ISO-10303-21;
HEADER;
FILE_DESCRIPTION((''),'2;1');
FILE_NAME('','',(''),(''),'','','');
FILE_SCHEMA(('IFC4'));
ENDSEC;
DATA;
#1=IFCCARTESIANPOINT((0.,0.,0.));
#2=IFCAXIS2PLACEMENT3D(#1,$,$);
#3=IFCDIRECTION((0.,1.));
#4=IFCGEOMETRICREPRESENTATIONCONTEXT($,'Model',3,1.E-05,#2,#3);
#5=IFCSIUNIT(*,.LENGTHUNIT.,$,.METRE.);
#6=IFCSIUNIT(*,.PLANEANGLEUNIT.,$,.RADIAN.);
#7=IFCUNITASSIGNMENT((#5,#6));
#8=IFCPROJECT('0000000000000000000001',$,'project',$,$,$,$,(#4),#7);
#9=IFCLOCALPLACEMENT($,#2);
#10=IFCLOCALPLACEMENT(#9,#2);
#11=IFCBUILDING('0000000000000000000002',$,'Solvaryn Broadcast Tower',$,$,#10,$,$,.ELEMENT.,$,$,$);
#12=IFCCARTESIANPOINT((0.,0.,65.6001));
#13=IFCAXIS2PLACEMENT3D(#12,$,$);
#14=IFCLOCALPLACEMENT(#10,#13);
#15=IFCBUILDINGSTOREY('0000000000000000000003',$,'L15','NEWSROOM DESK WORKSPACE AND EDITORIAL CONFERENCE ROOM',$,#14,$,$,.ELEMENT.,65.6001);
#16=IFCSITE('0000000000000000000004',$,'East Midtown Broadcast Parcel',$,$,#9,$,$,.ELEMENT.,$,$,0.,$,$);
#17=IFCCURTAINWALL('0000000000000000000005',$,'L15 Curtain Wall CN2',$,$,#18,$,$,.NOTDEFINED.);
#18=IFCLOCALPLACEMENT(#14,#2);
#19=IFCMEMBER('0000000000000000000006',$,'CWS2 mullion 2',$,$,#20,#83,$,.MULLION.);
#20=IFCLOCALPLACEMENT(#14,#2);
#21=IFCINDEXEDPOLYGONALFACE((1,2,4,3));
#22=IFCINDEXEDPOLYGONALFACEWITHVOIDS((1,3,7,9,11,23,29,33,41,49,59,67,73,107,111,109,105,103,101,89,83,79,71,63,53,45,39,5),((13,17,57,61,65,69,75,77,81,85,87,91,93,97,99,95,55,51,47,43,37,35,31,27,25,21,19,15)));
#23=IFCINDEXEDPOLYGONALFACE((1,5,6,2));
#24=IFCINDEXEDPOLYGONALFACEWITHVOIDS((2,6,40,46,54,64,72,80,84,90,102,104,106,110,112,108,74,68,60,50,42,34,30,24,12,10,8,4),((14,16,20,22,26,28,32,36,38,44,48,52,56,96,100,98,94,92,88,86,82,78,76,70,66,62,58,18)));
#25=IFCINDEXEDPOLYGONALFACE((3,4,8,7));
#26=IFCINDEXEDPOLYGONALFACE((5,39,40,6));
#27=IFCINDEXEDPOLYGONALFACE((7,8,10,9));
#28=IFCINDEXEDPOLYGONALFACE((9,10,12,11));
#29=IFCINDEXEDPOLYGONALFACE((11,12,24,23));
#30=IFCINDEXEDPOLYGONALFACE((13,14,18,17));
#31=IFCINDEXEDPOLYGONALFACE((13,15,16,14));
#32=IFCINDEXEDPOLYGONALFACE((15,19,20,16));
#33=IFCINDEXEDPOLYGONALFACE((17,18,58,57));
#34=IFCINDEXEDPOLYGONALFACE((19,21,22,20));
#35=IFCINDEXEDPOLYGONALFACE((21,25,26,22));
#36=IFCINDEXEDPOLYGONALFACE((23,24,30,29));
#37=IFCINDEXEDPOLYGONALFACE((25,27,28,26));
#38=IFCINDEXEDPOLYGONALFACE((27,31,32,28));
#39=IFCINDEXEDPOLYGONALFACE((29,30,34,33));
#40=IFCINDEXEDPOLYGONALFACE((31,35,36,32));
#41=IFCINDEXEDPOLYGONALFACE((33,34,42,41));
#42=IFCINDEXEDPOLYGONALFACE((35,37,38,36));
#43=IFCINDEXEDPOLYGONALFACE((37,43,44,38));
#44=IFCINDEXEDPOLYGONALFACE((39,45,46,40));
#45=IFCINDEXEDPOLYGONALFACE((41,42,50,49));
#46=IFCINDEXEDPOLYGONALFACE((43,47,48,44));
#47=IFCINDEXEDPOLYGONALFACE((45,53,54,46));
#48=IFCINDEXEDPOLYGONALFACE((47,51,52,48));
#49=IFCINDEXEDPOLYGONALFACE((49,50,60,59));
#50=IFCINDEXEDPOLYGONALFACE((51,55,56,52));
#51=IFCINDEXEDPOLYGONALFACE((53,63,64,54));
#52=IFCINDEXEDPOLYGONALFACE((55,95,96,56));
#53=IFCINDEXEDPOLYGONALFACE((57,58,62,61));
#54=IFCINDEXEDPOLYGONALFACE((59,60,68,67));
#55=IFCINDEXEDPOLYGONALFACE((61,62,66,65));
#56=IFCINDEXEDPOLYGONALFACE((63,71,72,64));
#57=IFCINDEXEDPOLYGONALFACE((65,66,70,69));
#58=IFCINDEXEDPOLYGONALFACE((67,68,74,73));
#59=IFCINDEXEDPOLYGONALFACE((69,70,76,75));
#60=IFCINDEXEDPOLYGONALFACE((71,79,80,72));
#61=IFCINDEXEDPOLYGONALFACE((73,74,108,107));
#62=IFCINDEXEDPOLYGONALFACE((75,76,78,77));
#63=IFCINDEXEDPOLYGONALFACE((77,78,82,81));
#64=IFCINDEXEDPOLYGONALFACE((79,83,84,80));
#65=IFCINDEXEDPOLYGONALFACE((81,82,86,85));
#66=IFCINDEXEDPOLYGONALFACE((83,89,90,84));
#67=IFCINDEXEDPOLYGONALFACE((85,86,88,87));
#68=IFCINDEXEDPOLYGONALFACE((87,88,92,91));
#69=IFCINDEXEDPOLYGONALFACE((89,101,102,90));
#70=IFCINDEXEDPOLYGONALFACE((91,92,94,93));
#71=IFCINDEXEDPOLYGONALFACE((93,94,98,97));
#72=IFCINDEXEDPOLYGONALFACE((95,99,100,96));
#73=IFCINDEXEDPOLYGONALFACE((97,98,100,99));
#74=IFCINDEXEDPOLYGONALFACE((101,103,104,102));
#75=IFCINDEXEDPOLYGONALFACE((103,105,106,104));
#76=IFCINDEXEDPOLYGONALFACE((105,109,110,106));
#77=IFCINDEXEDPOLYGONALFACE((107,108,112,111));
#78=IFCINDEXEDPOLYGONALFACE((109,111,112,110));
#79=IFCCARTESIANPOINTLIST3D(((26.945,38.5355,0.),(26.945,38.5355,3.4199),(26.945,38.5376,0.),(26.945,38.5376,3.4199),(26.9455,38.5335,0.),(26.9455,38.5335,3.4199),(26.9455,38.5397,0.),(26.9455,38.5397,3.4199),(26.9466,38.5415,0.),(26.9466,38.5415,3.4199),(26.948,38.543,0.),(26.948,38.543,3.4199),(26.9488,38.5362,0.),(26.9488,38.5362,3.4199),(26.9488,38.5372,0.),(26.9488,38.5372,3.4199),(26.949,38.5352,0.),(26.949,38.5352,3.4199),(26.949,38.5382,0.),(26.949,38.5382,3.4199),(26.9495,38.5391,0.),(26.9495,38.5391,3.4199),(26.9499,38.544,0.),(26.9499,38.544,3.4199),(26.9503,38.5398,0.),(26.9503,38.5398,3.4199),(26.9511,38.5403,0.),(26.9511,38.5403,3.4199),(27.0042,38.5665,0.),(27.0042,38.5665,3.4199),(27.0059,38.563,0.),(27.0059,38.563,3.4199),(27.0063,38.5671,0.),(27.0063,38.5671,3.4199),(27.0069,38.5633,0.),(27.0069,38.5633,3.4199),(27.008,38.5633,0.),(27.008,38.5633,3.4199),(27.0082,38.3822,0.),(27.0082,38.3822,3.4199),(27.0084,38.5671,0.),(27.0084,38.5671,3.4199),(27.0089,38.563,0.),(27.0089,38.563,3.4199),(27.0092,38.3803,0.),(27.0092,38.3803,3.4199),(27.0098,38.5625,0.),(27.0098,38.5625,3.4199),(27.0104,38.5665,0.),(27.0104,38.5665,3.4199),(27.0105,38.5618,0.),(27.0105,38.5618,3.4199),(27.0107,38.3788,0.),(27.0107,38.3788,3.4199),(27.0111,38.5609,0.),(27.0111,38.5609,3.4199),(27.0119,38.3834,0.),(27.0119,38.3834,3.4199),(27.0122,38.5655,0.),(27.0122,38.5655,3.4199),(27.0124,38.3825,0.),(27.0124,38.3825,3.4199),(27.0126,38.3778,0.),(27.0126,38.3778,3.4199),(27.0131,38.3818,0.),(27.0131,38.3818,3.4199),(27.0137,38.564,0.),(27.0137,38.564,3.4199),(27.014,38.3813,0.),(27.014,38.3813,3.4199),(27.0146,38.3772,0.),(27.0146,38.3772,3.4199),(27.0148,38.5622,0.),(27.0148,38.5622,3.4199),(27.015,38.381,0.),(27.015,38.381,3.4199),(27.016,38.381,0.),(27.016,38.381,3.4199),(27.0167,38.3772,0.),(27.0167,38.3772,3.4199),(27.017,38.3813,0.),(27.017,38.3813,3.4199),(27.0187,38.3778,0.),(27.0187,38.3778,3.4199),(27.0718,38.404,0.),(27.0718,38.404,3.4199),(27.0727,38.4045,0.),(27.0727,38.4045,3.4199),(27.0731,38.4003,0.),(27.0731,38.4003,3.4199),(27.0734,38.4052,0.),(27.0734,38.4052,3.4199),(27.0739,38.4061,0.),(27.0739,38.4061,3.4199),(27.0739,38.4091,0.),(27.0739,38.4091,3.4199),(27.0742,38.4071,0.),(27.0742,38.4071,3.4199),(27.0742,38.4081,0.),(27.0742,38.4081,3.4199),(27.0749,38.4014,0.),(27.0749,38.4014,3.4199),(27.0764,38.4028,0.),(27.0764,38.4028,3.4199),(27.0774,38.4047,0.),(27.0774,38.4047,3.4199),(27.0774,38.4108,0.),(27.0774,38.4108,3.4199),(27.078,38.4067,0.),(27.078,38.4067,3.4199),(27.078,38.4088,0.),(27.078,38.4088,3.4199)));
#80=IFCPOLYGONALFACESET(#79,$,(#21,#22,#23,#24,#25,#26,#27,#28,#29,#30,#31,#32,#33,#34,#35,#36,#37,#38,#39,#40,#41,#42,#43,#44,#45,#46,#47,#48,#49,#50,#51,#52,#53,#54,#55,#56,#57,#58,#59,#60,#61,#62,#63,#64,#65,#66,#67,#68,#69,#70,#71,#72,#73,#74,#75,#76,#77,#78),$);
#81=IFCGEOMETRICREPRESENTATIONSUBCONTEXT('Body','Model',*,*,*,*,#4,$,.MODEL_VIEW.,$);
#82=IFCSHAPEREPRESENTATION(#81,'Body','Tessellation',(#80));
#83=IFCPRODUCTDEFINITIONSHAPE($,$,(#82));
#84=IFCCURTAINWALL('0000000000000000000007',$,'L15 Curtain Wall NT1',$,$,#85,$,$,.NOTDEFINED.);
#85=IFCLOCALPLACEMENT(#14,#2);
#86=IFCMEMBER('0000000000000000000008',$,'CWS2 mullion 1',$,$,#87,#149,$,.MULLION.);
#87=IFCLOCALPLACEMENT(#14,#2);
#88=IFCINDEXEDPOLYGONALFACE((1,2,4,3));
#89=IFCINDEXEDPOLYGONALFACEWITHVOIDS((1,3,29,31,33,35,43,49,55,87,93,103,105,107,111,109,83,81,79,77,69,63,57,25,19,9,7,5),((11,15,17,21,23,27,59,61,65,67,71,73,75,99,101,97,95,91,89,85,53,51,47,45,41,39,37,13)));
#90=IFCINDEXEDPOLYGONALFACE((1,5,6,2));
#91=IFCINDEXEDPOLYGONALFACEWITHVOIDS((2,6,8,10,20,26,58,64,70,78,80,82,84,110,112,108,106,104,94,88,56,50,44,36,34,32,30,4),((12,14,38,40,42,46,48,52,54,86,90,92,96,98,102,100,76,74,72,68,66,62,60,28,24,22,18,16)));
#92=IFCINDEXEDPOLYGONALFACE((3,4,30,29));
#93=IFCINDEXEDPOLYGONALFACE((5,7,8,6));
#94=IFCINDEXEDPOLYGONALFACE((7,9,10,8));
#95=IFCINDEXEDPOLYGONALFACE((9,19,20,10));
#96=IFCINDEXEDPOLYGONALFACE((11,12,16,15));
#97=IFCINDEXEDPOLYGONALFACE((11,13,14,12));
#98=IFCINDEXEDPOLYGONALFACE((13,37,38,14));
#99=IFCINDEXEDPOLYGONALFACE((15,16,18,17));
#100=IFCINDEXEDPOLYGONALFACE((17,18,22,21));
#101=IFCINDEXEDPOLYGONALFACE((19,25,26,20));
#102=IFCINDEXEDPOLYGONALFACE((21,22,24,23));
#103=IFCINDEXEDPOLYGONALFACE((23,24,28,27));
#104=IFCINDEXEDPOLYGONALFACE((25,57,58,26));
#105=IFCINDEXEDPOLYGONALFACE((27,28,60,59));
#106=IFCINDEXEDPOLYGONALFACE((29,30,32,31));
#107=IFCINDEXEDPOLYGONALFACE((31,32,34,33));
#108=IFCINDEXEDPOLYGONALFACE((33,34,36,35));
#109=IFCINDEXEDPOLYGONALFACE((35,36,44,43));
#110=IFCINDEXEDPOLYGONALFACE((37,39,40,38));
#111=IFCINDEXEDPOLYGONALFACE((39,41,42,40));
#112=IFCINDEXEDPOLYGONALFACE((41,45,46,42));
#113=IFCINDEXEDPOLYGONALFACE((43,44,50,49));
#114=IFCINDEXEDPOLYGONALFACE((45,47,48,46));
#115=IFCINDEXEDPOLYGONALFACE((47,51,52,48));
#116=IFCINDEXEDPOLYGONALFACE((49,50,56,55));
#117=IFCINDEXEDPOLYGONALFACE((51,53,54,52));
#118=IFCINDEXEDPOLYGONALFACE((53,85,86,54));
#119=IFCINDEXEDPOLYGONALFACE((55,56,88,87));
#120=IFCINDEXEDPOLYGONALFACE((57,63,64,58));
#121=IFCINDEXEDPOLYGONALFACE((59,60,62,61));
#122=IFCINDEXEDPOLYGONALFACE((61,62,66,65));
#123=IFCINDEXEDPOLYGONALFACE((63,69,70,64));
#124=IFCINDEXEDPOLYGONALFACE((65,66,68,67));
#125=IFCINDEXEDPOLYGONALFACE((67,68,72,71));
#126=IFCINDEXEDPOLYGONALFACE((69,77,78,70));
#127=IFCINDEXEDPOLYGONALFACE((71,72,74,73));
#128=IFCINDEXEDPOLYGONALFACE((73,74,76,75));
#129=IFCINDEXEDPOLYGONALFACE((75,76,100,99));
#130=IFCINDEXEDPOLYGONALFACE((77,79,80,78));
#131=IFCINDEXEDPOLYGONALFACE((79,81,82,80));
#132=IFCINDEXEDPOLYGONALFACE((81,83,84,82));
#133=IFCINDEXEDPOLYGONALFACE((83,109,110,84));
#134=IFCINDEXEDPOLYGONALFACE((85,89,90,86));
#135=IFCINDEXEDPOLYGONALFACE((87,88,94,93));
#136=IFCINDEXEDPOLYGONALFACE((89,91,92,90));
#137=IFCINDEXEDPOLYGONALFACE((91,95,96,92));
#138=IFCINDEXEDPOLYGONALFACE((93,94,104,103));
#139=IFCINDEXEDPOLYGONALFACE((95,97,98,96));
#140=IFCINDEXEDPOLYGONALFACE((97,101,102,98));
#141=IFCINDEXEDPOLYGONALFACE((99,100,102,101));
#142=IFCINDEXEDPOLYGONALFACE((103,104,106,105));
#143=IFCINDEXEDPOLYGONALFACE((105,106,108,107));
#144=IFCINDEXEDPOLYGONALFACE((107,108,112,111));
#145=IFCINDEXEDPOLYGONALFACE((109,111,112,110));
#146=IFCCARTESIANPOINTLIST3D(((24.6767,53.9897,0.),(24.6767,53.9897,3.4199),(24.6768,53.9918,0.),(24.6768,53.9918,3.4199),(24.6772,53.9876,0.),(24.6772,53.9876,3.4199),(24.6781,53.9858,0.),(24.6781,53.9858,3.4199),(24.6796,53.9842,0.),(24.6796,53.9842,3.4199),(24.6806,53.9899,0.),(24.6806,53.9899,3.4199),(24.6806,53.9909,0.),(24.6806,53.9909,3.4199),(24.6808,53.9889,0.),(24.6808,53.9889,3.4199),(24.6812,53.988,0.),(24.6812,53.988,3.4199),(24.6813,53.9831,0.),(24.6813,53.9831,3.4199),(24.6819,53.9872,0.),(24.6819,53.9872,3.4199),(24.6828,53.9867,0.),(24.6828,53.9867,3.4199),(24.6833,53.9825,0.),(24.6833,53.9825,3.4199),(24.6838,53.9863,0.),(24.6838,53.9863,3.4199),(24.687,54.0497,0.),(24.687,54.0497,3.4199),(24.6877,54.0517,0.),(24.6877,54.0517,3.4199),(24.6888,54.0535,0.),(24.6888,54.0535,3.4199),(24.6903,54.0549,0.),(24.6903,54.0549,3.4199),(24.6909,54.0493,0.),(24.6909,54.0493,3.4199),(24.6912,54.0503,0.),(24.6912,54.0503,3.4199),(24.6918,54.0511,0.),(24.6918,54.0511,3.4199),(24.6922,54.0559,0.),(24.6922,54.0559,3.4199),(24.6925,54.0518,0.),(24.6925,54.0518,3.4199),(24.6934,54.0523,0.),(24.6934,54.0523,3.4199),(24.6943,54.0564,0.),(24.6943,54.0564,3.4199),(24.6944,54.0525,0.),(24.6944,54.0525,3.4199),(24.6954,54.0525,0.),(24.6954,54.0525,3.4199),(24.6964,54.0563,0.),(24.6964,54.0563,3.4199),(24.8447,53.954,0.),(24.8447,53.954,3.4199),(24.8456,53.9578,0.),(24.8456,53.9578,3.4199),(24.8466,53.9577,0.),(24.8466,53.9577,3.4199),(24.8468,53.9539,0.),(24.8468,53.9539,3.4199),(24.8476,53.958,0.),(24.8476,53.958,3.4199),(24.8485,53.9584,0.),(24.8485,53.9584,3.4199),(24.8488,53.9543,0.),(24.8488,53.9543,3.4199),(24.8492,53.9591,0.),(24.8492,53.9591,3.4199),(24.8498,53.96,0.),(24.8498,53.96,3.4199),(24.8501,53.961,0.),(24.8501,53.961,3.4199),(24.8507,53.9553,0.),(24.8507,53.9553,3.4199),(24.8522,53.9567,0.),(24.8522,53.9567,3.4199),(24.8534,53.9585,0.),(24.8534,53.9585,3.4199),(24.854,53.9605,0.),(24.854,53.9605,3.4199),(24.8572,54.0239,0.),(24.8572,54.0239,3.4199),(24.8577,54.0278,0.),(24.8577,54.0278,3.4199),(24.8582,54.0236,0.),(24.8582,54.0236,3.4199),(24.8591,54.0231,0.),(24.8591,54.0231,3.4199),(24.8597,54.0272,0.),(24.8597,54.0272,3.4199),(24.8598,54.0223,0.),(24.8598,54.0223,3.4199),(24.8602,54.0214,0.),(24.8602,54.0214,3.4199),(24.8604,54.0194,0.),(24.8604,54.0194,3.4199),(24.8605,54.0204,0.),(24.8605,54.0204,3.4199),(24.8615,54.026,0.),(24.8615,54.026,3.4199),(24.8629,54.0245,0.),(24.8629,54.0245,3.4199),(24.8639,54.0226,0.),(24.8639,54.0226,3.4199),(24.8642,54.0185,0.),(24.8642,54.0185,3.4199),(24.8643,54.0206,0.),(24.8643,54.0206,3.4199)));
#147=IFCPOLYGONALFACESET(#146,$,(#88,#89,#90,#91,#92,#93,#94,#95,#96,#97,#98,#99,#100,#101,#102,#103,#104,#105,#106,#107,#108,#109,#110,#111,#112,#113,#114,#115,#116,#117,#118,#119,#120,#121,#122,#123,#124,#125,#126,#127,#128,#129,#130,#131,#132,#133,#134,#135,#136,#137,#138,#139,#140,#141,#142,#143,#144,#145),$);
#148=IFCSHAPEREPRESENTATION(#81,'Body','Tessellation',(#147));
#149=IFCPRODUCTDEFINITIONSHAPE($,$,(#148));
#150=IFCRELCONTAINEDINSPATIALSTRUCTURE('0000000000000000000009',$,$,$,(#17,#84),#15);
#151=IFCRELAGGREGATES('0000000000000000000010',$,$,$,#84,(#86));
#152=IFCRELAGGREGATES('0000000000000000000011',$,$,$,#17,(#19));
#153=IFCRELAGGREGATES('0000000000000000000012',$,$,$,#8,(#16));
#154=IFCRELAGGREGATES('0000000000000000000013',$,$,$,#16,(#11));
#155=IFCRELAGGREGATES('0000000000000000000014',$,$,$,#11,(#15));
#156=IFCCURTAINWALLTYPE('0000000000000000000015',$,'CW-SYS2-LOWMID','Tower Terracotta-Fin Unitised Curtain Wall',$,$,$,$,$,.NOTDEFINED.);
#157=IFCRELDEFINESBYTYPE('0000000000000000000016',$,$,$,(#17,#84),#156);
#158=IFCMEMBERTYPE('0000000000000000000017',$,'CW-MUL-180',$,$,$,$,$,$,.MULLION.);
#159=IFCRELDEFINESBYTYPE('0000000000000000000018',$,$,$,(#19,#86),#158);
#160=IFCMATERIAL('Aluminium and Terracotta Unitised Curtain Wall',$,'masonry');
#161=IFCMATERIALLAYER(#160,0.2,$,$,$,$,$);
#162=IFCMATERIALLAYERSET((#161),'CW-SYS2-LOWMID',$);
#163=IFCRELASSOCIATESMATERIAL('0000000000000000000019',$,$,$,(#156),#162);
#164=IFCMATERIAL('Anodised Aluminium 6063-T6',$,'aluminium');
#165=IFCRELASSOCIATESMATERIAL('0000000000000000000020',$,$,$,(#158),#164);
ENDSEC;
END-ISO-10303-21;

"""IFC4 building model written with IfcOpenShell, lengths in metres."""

from ifc_helpers import new_model, si_unit, direction, frame, origin, origin_2d, place, context, subcontext, project, spatial, hollow_rectangle, extrude, material, layer, layer_set, material_profile, profile_set, type_object, element, aggregate, save


model = new_model("IFC4")

# Units and contexts
model_context = context("Model", 3, precision=1e-05, world=origin(), true_north=direction((0.0, 1.0)))
body_context = subcontext(model_context, "Body", "Model", "MODEL_VIEW")
ifc_project = project(units=[si_unit("LENGTHUNIT", "METRE"), si_unit("PLANEANGLEUNIT", "RADIAN")], contexts=[model_context])

# Site, building, storey
site_placement = place(None, origin())
site = spatial("IfcSite", under=ifc_project, at=site_placement, Name="East Midtown Broadcast Parcel", CompositionType="ELEMENT", RefElevation=0.0)
building_placement = place(site_placement, origin())
building = spatial("IfcBuilding", under=site, at=building_placement, Name="Solvaryn Broadcast Tower", CompositionType="ELEMENT")
storey_placement = place(building_placement, frame((0.0, 0.0, 65.6001)))
storey = spatial("IfcBuildingStorey", under=building, at=storey_placement, Name="L15", Description="NEWSROOM DESK WORKSPACE AND EDITORIAL CONFERENCE ROOM", CompositionType="ELEMENT", Elevation=65.6001)

# Shared definitions
ifc_material_1 = material(Name="Aluminium and Terracotta Unitised Curtain Wall", Category="masonry")
ifc_layer_1 = layer(ifc_material_1, 0.2)
ifc_layer_set_1 = layer_set([ifc_layer_1], Name="CW-SYS2-LOWMID")
curtain_wall_type = type_object("IfcCurtainWallType", Name="CW-SYS2-LOWMID", Description="Tower Terracotta-Fin Unitised Curtain Wall", PredefinedType="NOTDEFINED", material=ifc_layer_set_1)
ifc_material_2 = material(Name="Anodised Aluminium 6063-T6", Category="aluminium")
ifc_material_profile_1 = material_profile(ifc_material_2, hollow_rectangle(XDim=0.075, YDim=0.1799, WallThickness=0.0039, InnerFilletRadius=0.0039, OuterFilletRadius=0.0081, at=origin_2d()))
ifc_profile_set_1 = profile_set([ifc_material_profile_1], Name="Anodised Aluminium 6063-T6")
member_type_1 = type_object("IfcMemberType", Name="CW-MUL-180", PredefinedType="MULLION", material=ifc_profile_set_1)

# Curtain walls, members
curtain_wall_1_placement = place(storey_placement, origin())
curtain_wall_1 = element("IfcCurtainWall", 1, at=curtain_wall_1_placement, inside=storey, type_object=curtain_wall_type, Name="L15 Curtain Wall CN2", PredefinedType="NOTDEFINED")
member_1_placement = place(storey_placement, frame((27.0115, 38.4722, 0.0), z_axis=(0.0, 0.0, 1.0), x_axis=(-0.923895, -0.382646, 0.0)))
member_1 = element("IfcMember", 2, at=member_1_placement, type_object=member_type_1, Name="CWS2 mullion 2", PredefinedType="MULLION", context=body_context, shape_type="SweptSolid", body=[
    extrude(hollow_rectangle(XDim=0.075, YDim=0.1799, WallThickness=0.0039, InnerFilletRadius=0.0039, OuterFilletRadius=0.0081, at=origin_2d()), origin(), (0.0, 0.0, 1.0), 3.4199),
])
curtain_wall_2_placement = place(storey_placement, origin())
curtain_wall_2 = element("IfcCurtainWall", 3, at=curtain_wall_2_placement, inside=storey, type_object=curtain_wall_type, Name="L15 Curtain Wall NT1", PredefinedType="NOTDEFINED")
member_2_placement = place(storey_placement, frame((24.7705, 54.0051, 0.0), z_axis=(0.0, 0.0, 1.0), x_axis=(-0.173785, -0.984784, 0.0)))
member_2 = element("IfcMember", 4, at=member_2_placement, type_object=member_type_1, Name="CWS2 mullion 1", PredefinedType="MULLION", context=body_context, shape_type="SweptSolid", body=[
    extrude(hollow_rectangle(XDim=0.075, YDim=0.1799, WallThickness=0.0039, InnerFilletRadius=0.0039, OuterFilletRadius=0.0081, at=origin_2d()), origin(), (0.0, 0.0, 1.0), 3.4199),
])

aggregate(curtain_wall_2, [member_2])

aggregate(curtain_wall_1, [member_1])

save(model, "model.ifc")
